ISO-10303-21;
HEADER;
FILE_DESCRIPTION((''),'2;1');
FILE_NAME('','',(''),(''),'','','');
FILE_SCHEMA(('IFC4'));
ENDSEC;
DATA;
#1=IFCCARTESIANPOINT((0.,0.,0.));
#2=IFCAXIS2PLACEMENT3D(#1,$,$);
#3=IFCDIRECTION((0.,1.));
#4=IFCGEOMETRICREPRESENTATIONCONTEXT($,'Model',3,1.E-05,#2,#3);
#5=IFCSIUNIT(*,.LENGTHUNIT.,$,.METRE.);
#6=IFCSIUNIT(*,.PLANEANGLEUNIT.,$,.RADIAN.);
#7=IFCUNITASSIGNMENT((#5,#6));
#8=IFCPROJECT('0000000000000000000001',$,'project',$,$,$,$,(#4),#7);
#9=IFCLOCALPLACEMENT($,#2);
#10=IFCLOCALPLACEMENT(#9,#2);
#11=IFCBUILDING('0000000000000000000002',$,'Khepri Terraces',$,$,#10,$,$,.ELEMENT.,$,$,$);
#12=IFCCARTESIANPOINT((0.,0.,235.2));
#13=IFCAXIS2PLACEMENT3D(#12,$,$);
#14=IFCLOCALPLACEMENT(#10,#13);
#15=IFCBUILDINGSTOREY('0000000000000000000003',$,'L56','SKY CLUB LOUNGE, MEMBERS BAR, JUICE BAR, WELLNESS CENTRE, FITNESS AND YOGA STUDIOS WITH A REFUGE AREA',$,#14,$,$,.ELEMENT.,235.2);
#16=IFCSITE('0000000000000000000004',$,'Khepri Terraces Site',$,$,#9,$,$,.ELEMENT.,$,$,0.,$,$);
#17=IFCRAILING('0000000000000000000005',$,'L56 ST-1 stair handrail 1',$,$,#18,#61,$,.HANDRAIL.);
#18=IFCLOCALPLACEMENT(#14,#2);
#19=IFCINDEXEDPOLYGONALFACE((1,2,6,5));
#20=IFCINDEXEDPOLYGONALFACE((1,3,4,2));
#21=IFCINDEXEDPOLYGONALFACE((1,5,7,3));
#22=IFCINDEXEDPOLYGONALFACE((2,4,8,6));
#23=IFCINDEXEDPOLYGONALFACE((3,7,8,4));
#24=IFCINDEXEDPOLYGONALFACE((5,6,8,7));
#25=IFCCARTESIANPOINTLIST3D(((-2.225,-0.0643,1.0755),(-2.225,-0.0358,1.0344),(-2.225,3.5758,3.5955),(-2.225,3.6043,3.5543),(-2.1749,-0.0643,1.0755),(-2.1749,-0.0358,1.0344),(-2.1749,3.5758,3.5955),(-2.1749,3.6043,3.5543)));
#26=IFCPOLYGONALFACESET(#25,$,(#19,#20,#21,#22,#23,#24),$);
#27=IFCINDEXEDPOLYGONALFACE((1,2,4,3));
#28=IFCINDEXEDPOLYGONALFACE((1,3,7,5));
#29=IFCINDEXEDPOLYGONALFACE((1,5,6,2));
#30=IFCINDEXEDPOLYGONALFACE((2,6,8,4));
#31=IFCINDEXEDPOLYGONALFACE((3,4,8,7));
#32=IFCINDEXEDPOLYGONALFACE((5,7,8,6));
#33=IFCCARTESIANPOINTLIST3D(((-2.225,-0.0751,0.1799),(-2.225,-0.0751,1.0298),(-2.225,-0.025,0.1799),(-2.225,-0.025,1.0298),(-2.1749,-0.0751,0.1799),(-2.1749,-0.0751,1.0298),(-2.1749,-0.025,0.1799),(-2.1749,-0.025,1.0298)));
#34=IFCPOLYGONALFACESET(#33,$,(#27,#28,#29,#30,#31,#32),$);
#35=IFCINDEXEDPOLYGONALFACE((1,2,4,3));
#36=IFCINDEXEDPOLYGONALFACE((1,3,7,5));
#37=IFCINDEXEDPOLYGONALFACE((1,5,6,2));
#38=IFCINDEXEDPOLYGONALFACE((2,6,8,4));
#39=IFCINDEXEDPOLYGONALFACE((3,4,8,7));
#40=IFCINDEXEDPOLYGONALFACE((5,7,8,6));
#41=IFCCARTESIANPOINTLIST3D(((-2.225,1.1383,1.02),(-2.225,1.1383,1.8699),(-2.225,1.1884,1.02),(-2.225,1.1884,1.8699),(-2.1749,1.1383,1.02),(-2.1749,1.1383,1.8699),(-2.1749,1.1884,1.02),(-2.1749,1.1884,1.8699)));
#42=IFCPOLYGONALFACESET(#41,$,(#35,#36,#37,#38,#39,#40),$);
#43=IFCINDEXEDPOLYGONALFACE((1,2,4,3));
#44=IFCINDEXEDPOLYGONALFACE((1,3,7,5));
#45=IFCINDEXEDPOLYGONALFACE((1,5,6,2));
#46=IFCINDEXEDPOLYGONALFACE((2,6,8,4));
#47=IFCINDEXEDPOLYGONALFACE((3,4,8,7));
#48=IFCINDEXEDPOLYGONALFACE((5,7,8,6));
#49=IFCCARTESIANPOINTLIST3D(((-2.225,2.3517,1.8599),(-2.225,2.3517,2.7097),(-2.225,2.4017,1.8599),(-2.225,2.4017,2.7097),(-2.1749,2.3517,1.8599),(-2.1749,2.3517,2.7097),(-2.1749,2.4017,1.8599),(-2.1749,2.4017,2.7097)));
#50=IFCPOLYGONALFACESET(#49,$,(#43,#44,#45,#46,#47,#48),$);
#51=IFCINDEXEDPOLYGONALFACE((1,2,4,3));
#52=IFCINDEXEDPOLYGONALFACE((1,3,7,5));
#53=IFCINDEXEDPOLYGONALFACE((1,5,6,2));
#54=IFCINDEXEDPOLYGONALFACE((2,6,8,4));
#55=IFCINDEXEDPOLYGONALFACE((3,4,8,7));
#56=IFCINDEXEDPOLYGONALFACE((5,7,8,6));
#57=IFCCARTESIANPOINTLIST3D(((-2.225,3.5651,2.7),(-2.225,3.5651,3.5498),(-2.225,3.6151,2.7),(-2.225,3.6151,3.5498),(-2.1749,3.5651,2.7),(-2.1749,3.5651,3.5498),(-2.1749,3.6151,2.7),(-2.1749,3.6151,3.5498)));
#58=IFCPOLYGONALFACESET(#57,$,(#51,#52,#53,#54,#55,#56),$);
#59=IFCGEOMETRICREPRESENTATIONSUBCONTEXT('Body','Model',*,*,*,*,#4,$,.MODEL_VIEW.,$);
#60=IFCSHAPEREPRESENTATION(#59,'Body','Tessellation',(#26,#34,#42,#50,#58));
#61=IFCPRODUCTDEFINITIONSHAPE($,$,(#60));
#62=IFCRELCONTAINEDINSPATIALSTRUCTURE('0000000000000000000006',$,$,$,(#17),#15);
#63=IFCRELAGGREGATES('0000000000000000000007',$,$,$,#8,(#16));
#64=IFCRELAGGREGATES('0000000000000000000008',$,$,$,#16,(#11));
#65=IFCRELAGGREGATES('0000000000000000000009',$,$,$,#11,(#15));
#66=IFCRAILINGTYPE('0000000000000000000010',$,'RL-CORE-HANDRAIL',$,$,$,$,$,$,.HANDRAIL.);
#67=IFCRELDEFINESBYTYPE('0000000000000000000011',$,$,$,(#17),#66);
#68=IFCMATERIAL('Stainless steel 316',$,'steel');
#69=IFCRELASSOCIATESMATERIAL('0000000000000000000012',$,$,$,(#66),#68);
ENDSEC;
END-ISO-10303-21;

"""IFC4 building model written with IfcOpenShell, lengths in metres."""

from ifc_helpers import new_model, si_unit, direction, frame, origin, origin_2d, place, context, subcontext, project, spatial, rectangle, extrude, material, type_object, element, save


model = new_model("IFC4")

# Units and contexts
model_context = context("Model", 3, precision=1e-05, world=origin(), true_north=direction((0.0, 1.0)))
body_context = subcontext(model_context, "Body", "Model", "MODEL_VIEW")
ifc_project = project(units=[si_unit("LENGTHUNIT", "METRE"), si_unit("PLANEANGLEUNIT", "RADIAN")], contexts=[model_context])

# Site, building, storey
site_placement = place(None, origin())
site = spatial("IfcSite", under=ifc_project, at=site_placement, Name="Khepri Terraces Site", CompositionType="ELEMENT", RefElevation=0.0)
building_placement = place(site_placement, origin())
building = spatial("IfcBuilding", under=site, at=building_placement, Name="Khepri Terraces", CompositionType="ELEMENT")
storey_placement = place(building_placement, frame((0.0, 0.0, 235.2)))
storey = spatial("IfcBuildingStorey", under=building, at=storey_placement, Name="L56", Description="SKY CLUB LOUNGE, MEMBERS BAR, JUICE BAR, WELLNESS CENTRE, FITNESS AND YOGA STUDIOS WITH A REFUGE AREA", CompositionType="ELEMENT", Elevation=235.2)

# Railing
ifc_material_1 = material(Name="Stainless steel 316", Category="steel")
railing_type_1 = type_object("IfcRailingType", Name="RL-CORE-HANDRAIL", PredefinedType="HANDRAIL", material=ifc_material_1)
railing_1_placement = place(storey_placement, frame((-2.2, -0.05, 0.1799)))
element("IfcRailing", 1, at=railing_1_placement, inside=storey, type_object=railing_type_1, Name="L56 ST-1 stair handrail 1", PredefinedType="HANDRAIL", context=body_context, shape_type="SweptSolid", body=[
    extrude(rectangle(XDim=0.05, YDim=0.05, at=origin_2d()), frame((0.0, 0.0, 0.875), z_axis=(0.0, 0.8222, 0.569199), x_axis=(-1.0, 0.0, 0.0)), (0.0, 0.0, 1.0), 4.4272),
    extrude(rectangle(XDim=0.05, YDim=0.05, at=origin_2d()), origin(), (0.0, 0.0, 1.0), 0.8499),
    extrude(rectangle(XDim=0.05, YDim=0.05, at=origin_2d()), frame((0.0, 1.2134, 0.8401)), (0.0, 0.0, 1.0), 0.8499),
    extrude(rectangle(XDim=0.05, YDim=0.05, at=origin_2d()), frame((0.0, 2.4268, 1.6799)), (0.0, 0.0, 1.0), 0.8499),
    extrude(rectangle(XDim=0.05, YDim=0.05, at=origin_2d()), frame((0.0, 3.6401, 2.52)), (0.0, 0.0, 1.0), 0.8499),
])

save(model, "model.ifc")
